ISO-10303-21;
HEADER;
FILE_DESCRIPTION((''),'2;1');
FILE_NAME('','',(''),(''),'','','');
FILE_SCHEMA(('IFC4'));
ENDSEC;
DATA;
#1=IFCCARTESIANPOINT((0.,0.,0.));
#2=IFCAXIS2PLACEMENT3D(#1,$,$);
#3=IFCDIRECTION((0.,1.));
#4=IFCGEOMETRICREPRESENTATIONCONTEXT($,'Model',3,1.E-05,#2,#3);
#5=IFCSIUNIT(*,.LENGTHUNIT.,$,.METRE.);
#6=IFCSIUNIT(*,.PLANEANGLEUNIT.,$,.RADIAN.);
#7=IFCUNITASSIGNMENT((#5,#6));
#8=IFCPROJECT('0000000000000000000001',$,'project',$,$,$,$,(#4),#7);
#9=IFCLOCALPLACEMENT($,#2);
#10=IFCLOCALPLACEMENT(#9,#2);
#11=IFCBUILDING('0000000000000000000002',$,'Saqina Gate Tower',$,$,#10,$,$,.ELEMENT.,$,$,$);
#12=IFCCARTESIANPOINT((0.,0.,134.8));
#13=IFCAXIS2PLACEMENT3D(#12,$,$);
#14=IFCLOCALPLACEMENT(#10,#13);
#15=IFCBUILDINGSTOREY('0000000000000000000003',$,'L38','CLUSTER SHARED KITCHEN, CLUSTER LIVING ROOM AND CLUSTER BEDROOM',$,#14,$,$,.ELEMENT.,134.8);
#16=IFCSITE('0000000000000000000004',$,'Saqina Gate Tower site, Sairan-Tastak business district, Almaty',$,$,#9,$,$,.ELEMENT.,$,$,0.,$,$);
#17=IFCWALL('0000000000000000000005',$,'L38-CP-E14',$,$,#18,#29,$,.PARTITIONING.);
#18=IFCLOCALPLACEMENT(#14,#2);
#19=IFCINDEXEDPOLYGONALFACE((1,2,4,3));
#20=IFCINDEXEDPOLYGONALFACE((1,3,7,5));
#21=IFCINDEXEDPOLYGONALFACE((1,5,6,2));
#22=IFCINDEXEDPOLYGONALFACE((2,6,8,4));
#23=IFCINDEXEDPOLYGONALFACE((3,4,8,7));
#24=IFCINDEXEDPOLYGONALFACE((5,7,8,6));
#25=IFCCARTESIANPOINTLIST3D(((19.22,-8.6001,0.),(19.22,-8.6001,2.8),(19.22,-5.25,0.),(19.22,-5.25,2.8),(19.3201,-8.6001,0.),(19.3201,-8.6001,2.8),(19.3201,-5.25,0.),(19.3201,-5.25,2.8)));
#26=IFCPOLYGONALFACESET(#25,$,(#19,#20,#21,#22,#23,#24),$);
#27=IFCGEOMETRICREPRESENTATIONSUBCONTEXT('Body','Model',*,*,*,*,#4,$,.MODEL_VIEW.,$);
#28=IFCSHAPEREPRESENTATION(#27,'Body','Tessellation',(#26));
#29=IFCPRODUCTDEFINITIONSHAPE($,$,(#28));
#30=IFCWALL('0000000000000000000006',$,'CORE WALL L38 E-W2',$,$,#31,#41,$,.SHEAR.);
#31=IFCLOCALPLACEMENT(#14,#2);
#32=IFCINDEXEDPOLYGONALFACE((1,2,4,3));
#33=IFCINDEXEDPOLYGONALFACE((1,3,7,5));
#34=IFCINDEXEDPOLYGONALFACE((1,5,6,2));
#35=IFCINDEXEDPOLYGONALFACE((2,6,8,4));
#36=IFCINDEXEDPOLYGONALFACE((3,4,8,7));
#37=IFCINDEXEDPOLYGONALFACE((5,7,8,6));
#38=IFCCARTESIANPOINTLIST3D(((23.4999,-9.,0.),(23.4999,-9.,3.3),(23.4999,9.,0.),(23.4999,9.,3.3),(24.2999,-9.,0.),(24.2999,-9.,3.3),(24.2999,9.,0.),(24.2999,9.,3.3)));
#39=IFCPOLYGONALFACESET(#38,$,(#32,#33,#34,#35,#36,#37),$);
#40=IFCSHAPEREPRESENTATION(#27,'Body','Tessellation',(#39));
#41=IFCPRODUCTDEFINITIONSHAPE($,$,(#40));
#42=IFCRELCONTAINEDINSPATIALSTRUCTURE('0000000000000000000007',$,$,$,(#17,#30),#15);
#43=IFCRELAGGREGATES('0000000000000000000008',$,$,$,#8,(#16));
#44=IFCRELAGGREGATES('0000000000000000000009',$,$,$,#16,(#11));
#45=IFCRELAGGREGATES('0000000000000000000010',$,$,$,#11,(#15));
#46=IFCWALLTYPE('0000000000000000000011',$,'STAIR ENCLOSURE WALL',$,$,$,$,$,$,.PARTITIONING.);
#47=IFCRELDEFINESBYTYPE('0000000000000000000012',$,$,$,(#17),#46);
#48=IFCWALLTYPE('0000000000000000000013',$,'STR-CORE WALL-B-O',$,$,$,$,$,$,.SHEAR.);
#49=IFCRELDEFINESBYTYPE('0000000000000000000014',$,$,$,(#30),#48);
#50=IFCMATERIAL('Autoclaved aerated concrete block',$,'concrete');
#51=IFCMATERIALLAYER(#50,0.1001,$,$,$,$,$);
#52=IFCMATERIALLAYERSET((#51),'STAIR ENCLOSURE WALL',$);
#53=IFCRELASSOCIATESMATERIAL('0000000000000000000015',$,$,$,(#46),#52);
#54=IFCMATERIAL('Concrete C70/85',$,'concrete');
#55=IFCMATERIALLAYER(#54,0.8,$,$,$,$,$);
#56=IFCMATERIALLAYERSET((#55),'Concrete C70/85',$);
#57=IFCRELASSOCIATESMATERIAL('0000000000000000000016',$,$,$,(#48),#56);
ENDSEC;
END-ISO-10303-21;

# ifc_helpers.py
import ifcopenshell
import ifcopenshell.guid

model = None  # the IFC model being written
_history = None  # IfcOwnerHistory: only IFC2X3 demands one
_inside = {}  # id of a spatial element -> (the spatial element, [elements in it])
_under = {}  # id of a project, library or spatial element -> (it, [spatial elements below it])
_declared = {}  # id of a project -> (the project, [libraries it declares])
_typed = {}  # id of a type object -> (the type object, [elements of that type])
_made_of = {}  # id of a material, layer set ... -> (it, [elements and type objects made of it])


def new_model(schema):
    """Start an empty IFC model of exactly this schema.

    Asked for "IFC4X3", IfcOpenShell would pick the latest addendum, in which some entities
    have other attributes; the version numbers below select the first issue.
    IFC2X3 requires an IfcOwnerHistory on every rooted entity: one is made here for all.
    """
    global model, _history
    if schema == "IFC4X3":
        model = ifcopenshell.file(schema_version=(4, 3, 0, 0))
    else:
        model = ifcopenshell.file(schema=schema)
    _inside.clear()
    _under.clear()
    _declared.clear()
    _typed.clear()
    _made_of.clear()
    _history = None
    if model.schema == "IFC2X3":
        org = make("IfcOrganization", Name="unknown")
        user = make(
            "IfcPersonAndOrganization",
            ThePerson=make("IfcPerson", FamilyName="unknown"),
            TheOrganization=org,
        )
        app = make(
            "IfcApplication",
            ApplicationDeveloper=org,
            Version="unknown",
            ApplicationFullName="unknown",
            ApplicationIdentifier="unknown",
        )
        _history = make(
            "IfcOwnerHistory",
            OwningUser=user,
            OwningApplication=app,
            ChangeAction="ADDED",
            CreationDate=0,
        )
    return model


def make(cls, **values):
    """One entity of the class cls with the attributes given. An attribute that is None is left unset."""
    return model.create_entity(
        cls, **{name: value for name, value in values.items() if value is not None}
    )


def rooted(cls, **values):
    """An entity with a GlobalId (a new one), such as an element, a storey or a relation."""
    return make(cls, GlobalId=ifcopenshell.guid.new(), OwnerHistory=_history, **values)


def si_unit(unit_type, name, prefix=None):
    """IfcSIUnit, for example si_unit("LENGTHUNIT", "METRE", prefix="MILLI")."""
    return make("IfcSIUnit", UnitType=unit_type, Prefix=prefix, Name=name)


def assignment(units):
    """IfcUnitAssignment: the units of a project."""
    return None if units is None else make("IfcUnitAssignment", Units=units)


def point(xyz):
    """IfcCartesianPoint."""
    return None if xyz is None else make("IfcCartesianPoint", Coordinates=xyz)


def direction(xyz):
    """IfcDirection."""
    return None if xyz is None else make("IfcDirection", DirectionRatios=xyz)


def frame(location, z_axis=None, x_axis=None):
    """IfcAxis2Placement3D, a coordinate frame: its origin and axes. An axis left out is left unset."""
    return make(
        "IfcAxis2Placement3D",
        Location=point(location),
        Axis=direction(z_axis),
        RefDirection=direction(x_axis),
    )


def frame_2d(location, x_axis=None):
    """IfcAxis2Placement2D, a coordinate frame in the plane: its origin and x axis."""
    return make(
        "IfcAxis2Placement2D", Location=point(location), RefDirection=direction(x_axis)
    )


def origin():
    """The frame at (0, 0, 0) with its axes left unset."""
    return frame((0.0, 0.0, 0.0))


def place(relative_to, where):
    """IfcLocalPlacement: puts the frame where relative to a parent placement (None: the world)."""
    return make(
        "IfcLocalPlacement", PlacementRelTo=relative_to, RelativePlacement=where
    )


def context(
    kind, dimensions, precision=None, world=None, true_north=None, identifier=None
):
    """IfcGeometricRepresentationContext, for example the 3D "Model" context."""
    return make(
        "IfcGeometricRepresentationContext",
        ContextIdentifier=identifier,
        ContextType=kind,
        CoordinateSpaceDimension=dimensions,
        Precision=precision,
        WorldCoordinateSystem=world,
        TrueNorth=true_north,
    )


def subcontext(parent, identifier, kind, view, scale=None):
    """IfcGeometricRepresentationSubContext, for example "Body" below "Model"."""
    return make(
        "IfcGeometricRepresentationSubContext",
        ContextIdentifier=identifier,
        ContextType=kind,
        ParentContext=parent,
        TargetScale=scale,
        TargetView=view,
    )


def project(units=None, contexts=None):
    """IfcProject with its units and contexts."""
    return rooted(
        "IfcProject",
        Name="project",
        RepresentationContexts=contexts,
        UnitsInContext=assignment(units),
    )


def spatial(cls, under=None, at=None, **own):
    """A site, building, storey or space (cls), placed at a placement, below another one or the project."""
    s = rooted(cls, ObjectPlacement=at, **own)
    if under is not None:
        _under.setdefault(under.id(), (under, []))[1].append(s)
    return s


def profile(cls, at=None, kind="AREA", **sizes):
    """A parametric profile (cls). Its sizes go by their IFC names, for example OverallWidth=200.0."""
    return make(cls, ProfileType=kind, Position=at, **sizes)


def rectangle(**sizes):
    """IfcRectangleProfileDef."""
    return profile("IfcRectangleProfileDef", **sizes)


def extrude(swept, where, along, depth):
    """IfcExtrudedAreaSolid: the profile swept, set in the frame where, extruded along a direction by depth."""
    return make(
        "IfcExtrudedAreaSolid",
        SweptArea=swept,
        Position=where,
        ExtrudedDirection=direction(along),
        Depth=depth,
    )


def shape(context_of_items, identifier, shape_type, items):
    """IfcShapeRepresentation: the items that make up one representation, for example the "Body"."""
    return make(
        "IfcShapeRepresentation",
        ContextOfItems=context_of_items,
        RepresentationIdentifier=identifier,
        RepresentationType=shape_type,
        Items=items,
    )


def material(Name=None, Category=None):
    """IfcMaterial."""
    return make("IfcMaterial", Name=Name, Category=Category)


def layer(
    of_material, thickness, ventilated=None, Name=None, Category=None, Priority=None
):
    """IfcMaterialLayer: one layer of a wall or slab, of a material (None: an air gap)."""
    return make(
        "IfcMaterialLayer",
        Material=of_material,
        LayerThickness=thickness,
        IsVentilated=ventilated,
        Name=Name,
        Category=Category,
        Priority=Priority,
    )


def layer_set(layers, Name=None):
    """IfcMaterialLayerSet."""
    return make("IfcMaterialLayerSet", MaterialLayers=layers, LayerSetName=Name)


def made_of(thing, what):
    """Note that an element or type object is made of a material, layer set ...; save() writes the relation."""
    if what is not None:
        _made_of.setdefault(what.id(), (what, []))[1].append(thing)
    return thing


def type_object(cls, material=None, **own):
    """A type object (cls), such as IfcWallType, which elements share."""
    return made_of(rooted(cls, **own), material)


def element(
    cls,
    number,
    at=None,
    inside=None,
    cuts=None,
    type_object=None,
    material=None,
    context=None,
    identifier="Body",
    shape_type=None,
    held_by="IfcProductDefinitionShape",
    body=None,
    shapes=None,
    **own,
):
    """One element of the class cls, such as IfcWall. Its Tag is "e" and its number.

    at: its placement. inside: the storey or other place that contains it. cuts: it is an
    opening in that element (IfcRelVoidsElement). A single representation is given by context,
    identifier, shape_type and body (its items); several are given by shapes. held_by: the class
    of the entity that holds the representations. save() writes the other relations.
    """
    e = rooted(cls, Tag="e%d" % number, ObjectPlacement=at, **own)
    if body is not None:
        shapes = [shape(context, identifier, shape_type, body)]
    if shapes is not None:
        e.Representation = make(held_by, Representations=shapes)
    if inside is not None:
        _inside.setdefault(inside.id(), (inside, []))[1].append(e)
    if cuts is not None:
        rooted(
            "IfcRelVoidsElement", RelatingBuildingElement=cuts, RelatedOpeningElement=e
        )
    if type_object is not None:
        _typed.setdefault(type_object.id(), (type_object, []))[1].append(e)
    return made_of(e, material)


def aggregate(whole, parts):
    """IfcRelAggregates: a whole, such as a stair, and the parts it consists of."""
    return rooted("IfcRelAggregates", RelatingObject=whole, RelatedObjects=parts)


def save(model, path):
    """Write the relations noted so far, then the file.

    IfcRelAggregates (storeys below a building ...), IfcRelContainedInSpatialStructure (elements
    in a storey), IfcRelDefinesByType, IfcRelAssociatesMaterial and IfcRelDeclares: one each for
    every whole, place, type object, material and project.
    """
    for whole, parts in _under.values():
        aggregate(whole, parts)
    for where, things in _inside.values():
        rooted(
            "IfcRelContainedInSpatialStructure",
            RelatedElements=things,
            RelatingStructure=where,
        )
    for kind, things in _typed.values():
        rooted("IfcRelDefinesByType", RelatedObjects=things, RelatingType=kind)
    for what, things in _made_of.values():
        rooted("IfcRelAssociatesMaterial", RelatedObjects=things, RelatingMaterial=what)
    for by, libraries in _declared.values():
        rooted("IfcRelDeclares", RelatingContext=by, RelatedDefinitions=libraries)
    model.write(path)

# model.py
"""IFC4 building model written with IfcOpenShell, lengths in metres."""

from ifc_helpers import new_model, si_unit, direction, frame, frame_2d, origin, place, context, subcontext, project, spatial, rectangle, extrude, material, layer, layer_set, type_object, element, save


model = new_model("IFC4")

# Units and contexts
model_context = context("Model", 3, precision=1e-05, world=origin(), true_north=direction((0.0, 1.0)))
body_context = subcontext(model_context, "Body", "Model", "MODEL_VIEW")
ifc_project = project(units=[si_unit("LENGTHUNIT", "METRE"), si_unit("PLANEANGLEUNIT", "RADIAN")], contexts=[model_context])

# Site, building, storey
site_placement = place(None, origin())
site = spatial("IfcSite", under=ifc_project, at=site_placement, Name="Saqina Gate Tower site, Sairan-Tastak business district, Almaty", CompositionType="ELEMENT", RefElevation=0.0)
building_placement = place(site_placement, origin())
building = spatial("IfcBuilding", under=site, at=building_placement, Name="Saqina Gate Tower", CompositionType="ELEMENT")
storey_placement = place(building_placement, frame((0.0, 0.0, 134.8)))
storey = spatial("IfcBuildingStorey", under=building, at=storey_placement, Name="L38", Description="CLUSTER SHARED KITCHEN, CLUSTER LIVING ROOM AND CLUSTER BEDROOM", CompositionType="ELEMENT", Elevation=134.8)

# Walls
ifc_material_1 = material(Name="Autoclaved aerated concrete block", Category="concrete")
ifc_layer_1 = layer(ifc_material_1, 0.1001)
ifc_layer_set_1 = layer_set([ifc_layer_1], Name="STAIR ENCLOSURE WALL")
wall_type_1 = type_object("IfcWallType", Name="STAIR ENCLOSURE WALL", PredefinedType="PARTITIONING", material=ifc_layer_set_1)
wall_1_placement = place(storey_placement, frame((19.27, -8.6001, 0.0), z_axis=(0.0, 0.0, 1.0), x_axis=(0.0, 1.0, 0.0)))
element("IfcWall", 1, at=wall_1_placement, inside=storey, type_object=wall_type_1, Name="L38-CP-E14", PredefinedType="PARTITIONING", context=body_context, shape_type="SweptSolid", body=[
    extrude(rectangle(XDim=3.3501, YDim=0.1001, at=frame_2d((1.675, 0.0))), origin(), (0.0, 0.0, 1.0), 2.8),
])
ifc_material_2 = material(Name="Concrete C70/85", Category="concrete")
ifc_layer_2 = layer(ifc_material_2, 0.8)
ifc_layer_set_2 = layer_set([ifc_layer_2], Name="Concrete C70/85")
wall_type_2 = type_object("IfcWallType", Name="STR-CORE WALL-B-O", PredefinedType="SHEAR", material=ifc_layer_set_2)
wall_2_placement = place(storey_placement, frame((23.8999, -9.0, 0.0), z_axis=(0.0, 0.0, 1.0), x_axis=(0.0, 1.0, 0.0)))
element("IfcWall", 2, at=wall_2_placement, inside=storey, type_object=wall_type_2, Name="CORE WALL L38 E-W2", PredefinedType="SHEAR", context=body_context, shape_type="SweptSolid", body=[
    extrude(rectangle(XDim=18.0, YDim=0.8, at=frame_2d((9.0, 0.0))), origin(), (0.0, 0.0, 1.0), 3.3),
])

save(model, "model.ifc")
